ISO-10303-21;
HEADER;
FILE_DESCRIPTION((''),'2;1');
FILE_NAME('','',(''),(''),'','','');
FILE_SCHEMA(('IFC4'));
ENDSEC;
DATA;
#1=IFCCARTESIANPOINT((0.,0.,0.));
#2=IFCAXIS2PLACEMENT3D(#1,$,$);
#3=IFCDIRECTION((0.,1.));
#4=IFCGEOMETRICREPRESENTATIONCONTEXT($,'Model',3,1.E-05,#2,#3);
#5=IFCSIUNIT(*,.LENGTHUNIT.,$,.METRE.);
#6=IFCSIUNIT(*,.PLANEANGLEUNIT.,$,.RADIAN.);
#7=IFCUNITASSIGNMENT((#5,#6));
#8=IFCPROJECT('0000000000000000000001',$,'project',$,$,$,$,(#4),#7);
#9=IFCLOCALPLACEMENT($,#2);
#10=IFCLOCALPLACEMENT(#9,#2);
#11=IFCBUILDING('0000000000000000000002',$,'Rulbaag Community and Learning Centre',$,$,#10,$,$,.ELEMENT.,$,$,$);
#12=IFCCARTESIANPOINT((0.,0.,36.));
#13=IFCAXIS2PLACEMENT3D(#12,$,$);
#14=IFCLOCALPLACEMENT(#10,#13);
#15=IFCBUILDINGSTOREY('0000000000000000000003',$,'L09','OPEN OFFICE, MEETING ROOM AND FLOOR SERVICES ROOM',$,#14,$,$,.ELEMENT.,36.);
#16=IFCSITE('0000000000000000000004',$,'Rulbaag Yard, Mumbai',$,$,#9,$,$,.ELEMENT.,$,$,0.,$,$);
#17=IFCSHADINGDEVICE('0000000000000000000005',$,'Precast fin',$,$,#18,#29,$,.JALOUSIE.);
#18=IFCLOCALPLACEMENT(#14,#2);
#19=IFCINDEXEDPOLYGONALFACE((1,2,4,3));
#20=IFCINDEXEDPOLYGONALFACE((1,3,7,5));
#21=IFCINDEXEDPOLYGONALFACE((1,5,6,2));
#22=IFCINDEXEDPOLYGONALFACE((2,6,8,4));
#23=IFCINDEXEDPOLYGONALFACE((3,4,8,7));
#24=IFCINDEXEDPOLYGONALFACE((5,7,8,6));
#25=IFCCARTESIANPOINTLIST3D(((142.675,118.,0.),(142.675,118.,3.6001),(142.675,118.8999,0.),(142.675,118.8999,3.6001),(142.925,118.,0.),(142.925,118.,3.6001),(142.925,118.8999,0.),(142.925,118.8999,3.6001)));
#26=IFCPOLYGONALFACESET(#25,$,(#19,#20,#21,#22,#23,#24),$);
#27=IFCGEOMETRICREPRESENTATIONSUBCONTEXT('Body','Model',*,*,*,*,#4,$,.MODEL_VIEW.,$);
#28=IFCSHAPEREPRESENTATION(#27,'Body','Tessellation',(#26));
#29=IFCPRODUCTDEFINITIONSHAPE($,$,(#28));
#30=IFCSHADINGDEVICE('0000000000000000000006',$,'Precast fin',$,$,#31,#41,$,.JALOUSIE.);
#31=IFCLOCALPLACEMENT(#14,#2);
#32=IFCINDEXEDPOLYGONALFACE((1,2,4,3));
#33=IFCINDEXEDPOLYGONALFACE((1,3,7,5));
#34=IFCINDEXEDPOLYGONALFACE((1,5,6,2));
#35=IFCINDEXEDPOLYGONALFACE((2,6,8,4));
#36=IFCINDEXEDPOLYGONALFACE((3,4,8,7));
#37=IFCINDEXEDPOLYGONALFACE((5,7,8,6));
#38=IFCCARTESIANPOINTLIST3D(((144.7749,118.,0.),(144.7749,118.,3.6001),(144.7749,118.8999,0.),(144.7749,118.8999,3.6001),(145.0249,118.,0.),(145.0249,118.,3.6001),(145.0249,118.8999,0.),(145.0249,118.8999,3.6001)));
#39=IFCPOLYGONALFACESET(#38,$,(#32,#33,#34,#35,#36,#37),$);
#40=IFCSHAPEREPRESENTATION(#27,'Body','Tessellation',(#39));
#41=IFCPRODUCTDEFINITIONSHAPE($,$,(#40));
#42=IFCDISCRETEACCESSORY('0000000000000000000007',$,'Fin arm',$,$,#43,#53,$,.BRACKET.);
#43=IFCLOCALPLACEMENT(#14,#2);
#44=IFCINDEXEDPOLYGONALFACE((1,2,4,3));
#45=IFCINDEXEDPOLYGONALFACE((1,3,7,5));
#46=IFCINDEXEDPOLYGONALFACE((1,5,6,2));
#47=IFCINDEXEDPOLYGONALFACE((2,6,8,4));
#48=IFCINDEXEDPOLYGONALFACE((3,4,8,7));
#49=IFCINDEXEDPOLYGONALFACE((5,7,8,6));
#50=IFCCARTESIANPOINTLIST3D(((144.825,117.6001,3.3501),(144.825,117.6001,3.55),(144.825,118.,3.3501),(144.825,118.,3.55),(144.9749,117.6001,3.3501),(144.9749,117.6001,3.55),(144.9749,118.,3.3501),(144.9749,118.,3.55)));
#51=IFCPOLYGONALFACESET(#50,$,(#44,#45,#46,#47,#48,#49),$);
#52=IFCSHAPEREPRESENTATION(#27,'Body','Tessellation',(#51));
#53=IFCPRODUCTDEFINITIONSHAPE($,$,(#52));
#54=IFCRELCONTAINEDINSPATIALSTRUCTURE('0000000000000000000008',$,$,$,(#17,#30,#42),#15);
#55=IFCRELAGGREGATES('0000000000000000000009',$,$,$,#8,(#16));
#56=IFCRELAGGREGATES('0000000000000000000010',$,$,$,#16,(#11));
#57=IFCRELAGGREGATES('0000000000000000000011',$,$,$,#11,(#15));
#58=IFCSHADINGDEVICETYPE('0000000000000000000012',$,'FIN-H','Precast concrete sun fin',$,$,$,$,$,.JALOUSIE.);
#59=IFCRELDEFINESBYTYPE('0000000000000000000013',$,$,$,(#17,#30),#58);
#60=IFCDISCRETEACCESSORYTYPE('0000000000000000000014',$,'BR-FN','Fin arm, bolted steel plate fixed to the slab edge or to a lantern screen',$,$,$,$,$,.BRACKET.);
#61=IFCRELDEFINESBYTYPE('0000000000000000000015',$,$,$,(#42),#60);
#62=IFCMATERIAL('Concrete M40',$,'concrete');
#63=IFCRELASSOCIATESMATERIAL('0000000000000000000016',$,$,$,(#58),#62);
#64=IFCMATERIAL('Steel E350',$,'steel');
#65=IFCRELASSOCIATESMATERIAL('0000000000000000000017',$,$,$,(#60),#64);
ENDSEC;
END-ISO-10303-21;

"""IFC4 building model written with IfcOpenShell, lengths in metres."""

from ifc_helpers import new_model, si_unit, direction, frame, origin, origin_2d, place, context, subcontext, project, spatial, rectangle, extrude, material, material_profile, profile_set, type_object, element, save


model = new_model("IFC4")

# Units and contexts
model_context = context("Model", 3, precision=1e-05, world=origin(), true_north=direction((0.0, 1.0)))
body_context = subcontext(model_context, "Body", "Model", "MODEL_VIEW")
ifc_project = project(units=[si_unit("LENGTHUNIT", "METRE"), si_unit("PLANEANGLEUNIT", "RADIAN")], contexts=[model_context])

# Site, building, storey
site_placement = place(None, origin())
site = spatial("IfcSite", under=ifc_project, at=site_placement, Name="Rulbaag Yard, Mumbai", CompositionType="ELEMENT", RefElevation=0.0)
building_placement = place(site_placement, origin())
building = spatial("IfcBuilding", under=site, at=building_placement, Name="Rulbaag Community and Learning Centre", CompositionType="ELEMENT")
storey_placement = place(building_placement, frame((0.0, 0.0, 36.0)))
storey = spatial("IfcBuildingStorey", under=building, at=storey_placement, Name="L09", Description="OPEN OFFICE, MEETING ROOM AND FLOOR SERVICES ROOM", CompositionType="ELEMENT", Elevation=36.0)

# Shared definitions
ifc_material_1 = material(Name="Concrete M40", Category="concrete")

# Shading devices
ifc_material_profile_1 = material_profile(ifc_material_1, rectangle(XDim=0.25, YDim=0.8999, at=origin_2d()), Name="PC 250x900")
ifc_profile_set_1 = profile_set([ifc_material_profile_1], Name="Concrete M40")
shading_device_type = type_object("IfcShadingDeviceType", Name="FIN-H", Description="Precast concrete sun fin", PredefinedType="JALOUSIE", material=ifc_profile_set_1)
for number, where, z_axis, x_axis, name in (
    (1, (142.8, 118.45, 0.0), (0.0, 0.0, 1.0), (1.0, 0.0, 0.0), "Precast fin"),
    (2, (144.8999, 118.45, 0.0), (0.0, 0.0, 1.0), (1.0, 0.0, 0.0), "Precast fin"),
):
    element("IfcShadingDevice", number, at=place(storey_placement, frame(where, z_axis=z_axis, x_axis=x_axis)), inside=storey, type_object=shading_device_type, Name=name, PredefinedType="JALOUSIE", context=body_context, shape_type="SweptSolid", body=[
        extrude(rectangle(XDim=0.25, YDim=0.8999, at=origin_2d()), origin(), (0.0, 0.0, 1.0), 3.6001),
    ])

# Discrete accessory
ifc_material_2 = material(Name="Steel E350", Category="steel")
discrete_accessory_type = type_object("IfcDiscreteAccessoryType", Name="BR-FN", Description="Fin arm, bolted steel plate fixed to the slab edge or to a lantern screen", PredefinedType="BRACKET", material=ifc_material_2)
discrete_accessory_placement = place(storey_placement, frame((144.8999, 117.8, 3.3501), z_axis=(0.0, 0.0, 1.0), x_axis=(1.0, 0.0, 0.0)))
element("IfcDiscreteAccessory", 3, at=discrete_accessory_placement, inside=storey, type_object=discrete_accessory_type, Name="Fin arm", PredefinedType="BRACKET", context=body_context, shape_type="SweptSolid", body=[
    extrude(rectangle(XDim=0.1499, YDim=0.3999, at=origin_2d()), origin(), (0.0, 0.0, 1.0), 0.2),
])

save(model, "model.ifc")
